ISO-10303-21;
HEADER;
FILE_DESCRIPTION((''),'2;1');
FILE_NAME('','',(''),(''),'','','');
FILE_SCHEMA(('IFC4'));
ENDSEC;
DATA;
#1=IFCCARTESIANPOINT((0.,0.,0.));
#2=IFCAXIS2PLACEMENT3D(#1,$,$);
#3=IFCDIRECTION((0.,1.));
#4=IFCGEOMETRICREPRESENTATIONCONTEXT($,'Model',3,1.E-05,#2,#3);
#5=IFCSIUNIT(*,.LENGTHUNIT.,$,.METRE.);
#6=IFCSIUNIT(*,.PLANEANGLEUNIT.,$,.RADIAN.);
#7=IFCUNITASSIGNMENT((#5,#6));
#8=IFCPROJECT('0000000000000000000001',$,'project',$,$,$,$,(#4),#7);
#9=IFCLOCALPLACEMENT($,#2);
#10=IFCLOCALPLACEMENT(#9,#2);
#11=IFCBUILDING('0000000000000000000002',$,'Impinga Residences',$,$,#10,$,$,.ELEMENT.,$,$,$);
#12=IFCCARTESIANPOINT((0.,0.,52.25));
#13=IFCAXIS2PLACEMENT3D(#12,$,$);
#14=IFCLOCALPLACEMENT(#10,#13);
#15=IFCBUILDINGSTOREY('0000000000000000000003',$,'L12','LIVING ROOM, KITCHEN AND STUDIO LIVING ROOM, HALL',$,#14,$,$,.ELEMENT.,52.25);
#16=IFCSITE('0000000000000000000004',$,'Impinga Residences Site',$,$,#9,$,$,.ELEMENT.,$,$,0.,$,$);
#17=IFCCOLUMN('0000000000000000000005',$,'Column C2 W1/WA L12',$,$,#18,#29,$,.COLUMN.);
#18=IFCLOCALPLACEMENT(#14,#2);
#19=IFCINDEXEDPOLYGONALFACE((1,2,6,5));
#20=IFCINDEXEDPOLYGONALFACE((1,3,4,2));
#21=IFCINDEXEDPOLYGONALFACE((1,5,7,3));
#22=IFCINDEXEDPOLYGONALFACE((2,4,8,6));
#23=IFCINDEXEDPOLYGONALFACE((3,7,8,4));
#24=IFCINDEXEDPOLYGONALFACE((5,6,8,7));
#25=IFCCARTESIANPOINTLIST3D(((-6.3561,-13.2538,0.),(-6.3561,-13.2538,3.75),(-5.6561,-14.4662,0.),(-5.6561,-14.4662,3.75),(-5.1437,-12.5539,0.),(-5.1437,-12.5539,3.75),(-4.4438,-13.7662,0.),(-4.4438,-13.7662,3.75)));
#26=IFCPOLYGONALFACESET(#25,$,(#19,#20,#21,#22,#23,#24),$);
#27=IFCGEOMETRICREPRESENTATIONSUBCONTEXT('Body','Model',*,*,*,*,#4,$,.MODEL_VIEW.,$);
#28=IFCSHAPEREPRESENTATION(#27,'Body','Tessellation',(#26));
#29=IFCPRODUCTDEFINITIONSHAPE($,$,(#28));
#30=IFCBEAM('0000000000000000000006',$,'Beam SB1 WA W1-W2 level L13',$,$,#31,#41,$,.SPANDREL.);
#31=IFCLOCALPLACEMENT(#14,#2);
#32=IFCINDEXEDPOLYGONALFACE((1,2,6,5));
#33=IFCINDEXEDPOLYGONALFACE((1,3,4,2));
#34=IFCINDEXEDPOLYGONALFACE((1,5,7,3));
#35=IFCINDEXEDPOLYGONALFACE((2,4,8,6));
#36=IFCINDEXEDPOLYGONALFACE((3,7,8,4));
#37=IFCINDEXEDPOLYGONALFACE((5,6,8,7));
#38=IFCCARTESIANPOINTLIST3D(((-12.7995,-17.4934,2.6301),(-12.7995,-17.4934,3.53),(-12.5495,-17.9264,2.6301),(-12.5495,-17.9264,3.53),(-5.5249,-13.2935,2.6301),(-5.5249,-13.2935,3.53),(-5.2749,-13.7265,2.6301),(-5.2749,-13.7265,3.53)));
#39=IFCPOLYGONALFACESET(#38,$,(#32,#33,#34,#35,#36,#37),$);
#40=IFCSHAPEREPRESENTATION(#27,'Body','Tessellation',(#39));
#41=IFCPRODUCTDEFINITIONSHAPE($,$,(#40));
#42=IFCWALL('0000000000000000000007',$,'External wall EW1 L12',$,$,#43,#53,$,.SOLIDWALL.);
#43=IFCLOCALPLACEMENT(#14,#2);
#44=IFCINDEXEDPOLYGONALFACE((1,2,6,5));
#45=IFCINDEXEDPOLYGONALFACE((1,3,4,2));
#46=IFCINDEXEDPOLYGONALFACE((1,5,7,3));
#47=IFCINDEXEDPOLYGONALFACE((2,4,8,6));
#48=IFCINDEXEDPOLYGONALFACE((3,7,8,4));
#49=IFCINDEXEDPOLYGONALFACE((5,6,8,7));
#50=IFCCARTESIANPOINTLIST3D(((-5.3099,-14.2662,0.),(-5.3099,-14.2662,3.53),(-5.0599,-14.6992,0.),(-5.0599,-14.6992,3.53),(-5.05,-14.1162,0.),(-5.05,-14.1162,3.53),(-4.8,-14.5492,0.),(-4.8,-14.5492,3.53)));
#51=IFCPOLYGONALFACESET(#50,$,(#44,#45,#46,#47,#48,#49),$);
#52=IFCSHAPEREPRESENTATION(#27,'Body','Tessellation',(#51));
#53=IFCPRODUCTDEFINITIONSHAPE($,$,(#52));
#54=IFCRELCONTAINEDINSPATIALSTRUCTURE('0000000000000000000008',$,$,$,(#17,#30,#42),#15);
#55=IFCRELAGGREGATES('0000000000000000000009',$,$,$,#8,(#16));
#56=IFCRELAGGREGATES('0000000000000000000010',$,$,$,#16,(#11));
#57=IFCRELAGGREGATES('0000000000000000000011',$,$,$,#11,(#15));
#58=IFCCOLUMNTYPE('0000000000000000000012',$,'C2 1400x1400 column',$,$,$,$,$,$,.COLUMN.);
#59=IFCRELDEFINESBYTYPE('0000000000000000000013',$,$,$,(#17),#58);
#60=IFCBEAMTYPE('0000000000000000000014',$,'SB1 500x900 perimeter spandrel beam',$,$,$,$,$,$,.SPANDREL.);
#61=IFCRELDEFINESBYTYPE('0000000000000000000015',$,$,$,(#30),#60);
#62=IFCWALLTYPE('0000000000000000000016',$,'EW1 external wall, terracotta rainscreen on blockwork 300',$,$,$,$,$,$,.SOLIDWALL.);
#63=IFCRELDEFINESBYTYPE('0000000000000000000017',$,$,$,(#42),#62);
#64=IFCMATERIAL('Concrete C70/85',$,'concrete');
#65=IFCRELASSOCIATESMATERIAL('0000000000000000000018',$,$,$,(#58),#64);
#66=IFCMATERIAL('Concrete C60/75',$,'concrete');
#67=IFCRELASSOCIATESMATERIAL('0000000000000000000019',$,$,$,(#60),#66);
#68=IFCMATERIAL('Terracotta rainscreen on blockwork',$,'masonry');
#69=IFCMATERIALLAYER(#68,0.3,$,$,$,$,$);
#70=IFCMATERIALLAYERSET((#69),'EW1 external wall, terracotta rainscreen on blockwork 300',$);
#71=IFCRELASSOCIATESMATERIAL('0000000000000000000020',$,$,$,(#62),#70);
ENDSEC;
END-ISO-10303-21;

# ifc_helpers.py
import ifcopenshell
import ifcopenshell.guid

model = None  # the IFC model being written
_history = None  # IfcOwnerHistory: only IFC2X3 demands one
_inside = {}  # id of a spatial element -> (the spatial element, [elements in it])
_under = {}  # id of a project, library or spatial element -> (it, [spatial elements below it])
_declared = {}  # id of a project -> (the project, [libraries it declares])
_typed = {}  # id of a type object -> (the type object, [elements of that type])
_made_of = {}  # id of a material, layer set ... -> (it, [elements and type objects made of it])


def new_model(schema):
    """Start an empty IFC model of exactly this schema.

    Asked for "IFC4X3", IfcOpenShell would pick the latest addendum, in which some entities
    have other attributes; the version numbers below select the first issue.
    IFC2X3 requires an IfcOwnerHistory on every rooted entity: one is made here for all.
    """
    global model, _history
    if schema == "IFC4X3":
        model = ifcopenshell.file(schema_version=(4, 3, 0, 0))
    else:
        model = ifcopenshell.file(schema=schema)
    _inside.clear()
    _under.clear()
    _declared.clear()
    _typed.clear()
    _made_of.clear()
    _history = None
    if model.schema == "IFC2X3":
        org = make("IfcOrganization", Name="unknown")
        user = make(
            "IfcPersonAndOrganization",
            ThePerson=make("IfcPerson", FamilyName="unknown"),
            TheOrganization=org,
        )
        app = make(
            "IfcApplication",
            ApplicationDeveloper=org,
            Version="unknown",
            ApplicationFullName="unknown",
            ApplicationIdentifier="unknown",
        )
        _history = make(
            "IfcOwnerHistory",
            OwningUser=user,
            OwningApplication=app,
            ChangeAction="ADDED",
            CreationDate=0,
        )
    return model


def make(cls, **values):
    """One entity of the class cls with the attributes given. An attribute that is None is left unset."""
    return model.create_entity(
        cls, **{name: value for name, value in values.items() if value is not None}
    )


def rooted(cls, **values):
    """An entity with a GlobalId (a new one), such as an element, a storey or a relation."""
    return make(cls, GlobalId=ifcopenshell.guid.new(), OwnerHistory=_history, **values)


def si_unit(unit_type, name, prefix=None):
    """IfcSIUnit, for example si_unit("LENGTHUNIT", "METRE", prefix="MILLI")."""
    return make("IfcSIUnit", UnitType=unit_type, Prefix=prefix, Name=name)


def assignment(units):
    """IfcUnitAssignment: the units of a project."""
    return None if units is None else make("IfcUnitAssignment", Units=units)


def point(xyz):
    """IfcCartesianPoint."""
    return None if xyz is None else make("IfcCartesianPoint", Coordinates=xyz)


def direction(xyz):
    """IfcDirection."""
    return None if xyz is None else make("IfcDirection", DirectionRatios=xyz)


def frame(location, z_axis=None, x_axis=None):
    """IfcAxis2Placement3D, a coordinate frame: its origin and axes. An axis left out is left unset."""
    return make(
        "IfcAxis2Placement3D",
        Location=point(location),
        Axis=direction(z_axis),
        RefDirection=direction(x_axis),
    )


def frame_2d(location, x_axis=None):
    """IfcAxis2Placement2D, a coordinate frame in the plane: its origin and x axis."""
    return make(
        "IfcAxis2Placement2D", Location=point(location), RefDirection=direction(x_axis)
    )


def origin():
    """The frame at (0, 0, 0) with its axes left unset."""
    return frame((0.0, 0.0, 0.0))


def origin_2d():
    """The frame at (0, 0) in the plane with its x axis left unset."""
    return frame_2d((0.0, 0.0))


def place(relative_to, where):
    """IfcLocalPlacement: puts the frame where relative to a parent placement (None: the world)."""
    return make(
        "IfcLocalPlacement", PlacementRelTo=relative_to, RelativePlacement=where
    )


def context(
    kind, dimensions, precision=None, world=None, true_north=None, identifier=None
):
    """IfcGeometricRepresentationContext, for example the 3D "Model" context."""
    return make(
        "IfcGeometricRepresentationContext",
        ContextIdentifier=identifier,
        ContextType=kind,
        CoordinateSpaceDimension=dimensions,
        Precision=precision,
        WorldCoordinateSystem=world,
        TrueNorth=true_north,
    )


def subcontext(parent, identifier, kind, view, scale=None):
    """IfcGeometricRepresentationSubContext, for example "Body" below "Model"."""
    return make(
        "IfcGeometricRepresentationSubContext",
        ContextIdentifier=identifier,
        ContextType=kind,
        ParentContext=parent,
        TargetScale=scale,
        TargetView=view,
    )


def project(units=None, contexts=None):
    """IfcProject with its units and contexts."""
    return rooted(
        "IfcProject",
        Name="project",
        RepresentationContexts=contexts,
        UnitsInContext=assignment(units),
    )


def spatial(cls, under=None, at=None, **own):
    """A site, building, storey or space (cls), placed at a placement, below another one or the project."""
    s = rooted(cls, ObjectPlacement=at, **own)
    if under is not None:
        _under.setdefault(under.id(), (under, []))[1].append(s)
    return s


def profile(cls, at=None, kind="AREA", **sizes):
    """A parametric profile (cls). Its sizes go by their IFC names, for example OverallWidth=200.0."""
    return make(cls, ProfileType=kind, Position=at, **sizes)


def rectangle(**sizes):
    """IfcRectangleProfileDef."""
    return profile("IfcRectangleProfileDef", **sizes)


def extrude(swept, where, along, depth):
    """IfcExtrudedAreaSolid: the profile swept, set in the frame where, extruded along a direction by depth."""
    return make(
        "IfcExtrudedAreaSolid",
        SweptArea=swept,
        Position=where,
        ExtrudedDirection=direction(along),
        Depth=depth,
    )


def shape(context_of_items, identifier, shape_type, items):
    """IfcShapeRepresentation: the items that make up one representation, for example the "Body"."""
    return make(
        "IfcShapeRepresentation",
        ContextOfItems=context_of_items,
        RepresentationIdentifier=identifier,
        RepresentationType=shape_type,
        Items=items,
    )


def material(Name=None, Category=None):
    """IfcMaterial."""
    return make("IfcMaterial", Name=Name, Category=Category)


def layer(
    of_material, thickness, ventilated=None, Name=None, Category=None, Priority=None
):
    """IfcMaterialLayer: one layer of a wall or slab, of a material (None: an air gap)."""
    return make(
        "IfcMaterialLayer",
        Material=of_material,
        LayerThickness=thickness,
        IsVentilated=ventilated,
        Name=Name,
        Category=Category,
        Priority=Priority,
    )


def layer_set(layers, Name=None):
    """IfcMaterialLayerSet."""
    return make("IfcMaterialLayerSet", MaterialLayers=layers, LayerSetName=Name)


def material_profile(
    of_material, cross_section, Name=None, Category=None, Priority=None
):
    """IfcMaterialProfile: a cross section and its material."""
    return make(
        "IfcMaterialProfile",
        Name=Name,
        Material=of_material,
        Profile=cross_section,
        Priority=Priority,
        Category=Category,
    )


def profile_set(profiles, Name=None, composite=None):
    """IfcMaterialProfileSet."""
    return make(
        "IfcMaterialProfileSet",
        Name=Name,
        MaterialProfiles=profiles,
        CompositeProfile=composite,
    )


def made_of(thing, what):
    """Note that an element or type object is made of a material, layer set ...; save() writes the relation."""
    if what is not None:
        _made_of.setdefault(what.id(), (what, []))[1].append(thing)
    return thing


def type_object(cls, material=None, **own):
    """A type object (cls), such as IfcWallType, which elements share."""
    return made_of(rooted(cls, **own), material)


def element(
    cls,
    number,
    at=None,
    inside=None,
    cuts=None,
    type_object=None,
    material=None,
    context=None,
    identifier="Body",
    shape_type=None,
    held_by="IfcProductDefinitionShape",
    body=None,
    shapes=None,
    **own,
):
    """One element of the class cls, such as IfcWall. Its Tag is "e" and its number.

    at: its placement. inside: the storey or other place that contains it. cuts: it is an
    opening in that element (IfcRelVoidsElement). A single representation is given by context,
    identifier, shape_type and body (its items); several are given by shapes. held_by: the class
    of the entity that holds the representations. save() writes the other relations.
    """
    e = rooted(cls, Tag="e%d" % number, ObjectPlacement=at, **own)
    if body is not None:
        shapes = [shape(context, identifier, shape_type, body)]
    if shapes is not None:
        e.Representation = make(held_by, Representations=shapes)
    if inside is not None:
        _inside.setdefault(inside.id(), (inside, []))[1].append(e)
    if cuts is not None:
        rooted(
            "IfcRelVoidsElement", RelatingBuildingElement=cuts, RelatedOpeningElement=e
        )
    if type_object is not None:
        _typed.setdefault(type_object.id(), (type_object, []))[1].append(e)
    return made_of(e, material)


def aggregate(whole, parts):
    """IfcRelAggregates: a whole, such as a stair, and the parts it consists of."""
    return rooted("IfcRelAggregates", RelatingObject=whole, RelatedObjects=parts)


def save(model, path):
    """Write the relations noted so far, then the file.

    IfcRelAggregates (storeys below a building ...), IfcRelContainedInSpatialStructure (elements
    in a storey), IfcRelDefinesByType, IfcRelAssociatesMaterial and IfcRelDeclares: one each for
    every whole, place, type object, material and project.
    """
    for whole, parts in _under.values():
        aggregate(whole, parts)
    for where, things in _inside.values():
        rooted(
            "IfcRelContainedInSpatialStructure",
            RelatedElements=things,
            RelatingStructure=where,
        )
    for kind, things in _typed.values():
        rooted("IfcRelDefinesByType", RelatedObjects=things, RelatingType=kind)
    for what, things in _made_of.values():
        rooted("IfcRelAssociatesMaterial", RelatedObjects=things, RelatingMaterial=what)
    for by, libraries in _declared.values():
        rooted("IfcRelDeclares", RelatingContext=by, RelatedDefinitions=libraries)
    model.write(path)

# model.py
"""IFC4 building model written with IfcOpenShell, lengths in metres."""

from ifc_helpers import new_model, si_unit, direction, frame, frame_2d, origin, origin_2d, place, context, subcontext, project, spatial, rectangle, extrude, material, layer, layer_set, material_profile, profile_set, type_object, element, save


model = new_model("IFC4")

# Units and contexts
model_context = context("Model", 3, precision=1e-05, world=origin(), true_north=direction((0.0, 1.0)))
body_context = subcontext(model_context, "Body", "Model", "MODEL_VIEW")
ifc_project = project(units=[si_unit("LENGTHUNIT", "METRE"), si_unit("PLANEANGLEUNIT", "RADIAN")], contexts=[model_context])

# Site, building, storey
site_placement = place(None, origin())
site = spatial("IfcSite", under=ifc_project, at=site_placement, Name="Impinga Residences Site", CompositionType="ELEMENT", RefElevation=0.0)
building_placement = place(site_placement, origin())
building = spatial("IfcBuilding", under=site, at=building_placement, Name="Impinga Residences", CompositionType="ELEMENT")
storey_placement = place(building_placement, frame((0.0, 0.0, 52.25)))
storey = spatial("IfcBuildingStorey", under=building, at=storey_placement, Name="L12", Description="LIVING ROOM, KITCHEN AND STUDIO LIVING ROOM, HALL", CompositionType="ELEMENT", Elevation=52.25)

# Column
ifc_material_1 = material(Name="Concrete C70/85", Category="concrete")
ifc_material_profile_1 = material_profile(ifc_material_1, rectangle(XDim=1.3999, YDim=1.3999, at=origin_2d()), Name="RC 1400x1400")
ifc_profile_set_1 = profile_set([ifc_material_profile_1], Name="Concrete C70/85")
column_type = type_object("IfcColumnType", Name="C2 1400x1400 column", PredefinedType="COLUMN", material=ifc_profile_set_1)
column_placement = place(storey_placement, frame((-5.3999, -13.51, 0.0), z_axis=(0.0, 0.0, 1.0), x_axis=(-0.5, 0.866025, 0.0)))
element("IfcColumn", 1, at=column_placement, inside=storey, type_object=column_type, Name="Column C2 W1/WA L12", PredefinedType="COLUMN", context=body_context, shape_type="SweptSolid", body=[
    extrude(rectangle(XDim=1.3999, YDim=1.3999, at=origin_2d()), origin(), (0.0, 0.0, 1.0), 3.75),
])

# Beam
ifc_material_2 = material(Name="Concrete C60/75", Category="concrete")
ifc_material_profile_2 = material_profile(ifc_material_2, rectangle(XDim=0.5, YDim=0.8999, at=origin_2d()), Name="RC 500x900")
ifc_profile_set_2 = profile_set([ifc_material_profile_2], Name="Concrete C60/75")
beam_type = type_object("IfcBeamType", Name="SB1 500x900 perimeter spandrel beam", PredefinedType="SPANDREL", material=ifc_profile_set_2)
beam_placement = place(storey_placement, frame((-5.3999, -13.51, 3.0801), z_axis=(-0.866029, -0.499993, 0.0), x_axis=(0.499993, -0.866029, 0.0)))
element("IfcBeam", 2, at=beam_placement, inside=storey, type_object=beam_type, Name="Beam SB1 WA W1-W2 level L13", PredefinedType="SPANDREL", context=body_context, shape_type="SweptSolid", body=[
    extrude(rectangle(XDim=0.5, YDim=0.8999, at=origin_2d()), origin(), (0.0, 0.0, 1.0), 8.3999),
])

# Wall
ifc_material_3 = material(Name="Terracotta rainscreen on blockwork", Category="masonry")
ifc_layer_1 = layer(ifc_material_3, 0.3)
ifc_layer_set_1 = layer_set([ifc_layer_1], Name="EW1 external wall, terracotta rainscreen on blockwork 300")
wall_type_1 = type_object("IfcWallType", Name="EW1 external wall, terracotta rainscreen on blockwork 300", PredefinedType="SOLIDWALL", material=ifc_layer_set_1)
wall_1_placement = place(storey_placement, frame((-5.1799, -14.1912, 0.0), z_axis=(0.0, 0.0, 1.0), x_axis=(0.49992, -0.866072, 0.0)))
element("IfcWall", 3, at=wall_1_placement, inside=storey, type_object=wall_type_1, Name="External wall EW1 L12", PredefinedType="SOLIDWALL", context=body_context, shape_type="SweptSolid", body=[
    extrude(rectangle(XDim=0.5, YDim=0.3, at=frame_2d((0.25, 0.0))), origin(), (0.0, 0.0, 1.0), 3.53),
])

save(model, "model.ifc")
